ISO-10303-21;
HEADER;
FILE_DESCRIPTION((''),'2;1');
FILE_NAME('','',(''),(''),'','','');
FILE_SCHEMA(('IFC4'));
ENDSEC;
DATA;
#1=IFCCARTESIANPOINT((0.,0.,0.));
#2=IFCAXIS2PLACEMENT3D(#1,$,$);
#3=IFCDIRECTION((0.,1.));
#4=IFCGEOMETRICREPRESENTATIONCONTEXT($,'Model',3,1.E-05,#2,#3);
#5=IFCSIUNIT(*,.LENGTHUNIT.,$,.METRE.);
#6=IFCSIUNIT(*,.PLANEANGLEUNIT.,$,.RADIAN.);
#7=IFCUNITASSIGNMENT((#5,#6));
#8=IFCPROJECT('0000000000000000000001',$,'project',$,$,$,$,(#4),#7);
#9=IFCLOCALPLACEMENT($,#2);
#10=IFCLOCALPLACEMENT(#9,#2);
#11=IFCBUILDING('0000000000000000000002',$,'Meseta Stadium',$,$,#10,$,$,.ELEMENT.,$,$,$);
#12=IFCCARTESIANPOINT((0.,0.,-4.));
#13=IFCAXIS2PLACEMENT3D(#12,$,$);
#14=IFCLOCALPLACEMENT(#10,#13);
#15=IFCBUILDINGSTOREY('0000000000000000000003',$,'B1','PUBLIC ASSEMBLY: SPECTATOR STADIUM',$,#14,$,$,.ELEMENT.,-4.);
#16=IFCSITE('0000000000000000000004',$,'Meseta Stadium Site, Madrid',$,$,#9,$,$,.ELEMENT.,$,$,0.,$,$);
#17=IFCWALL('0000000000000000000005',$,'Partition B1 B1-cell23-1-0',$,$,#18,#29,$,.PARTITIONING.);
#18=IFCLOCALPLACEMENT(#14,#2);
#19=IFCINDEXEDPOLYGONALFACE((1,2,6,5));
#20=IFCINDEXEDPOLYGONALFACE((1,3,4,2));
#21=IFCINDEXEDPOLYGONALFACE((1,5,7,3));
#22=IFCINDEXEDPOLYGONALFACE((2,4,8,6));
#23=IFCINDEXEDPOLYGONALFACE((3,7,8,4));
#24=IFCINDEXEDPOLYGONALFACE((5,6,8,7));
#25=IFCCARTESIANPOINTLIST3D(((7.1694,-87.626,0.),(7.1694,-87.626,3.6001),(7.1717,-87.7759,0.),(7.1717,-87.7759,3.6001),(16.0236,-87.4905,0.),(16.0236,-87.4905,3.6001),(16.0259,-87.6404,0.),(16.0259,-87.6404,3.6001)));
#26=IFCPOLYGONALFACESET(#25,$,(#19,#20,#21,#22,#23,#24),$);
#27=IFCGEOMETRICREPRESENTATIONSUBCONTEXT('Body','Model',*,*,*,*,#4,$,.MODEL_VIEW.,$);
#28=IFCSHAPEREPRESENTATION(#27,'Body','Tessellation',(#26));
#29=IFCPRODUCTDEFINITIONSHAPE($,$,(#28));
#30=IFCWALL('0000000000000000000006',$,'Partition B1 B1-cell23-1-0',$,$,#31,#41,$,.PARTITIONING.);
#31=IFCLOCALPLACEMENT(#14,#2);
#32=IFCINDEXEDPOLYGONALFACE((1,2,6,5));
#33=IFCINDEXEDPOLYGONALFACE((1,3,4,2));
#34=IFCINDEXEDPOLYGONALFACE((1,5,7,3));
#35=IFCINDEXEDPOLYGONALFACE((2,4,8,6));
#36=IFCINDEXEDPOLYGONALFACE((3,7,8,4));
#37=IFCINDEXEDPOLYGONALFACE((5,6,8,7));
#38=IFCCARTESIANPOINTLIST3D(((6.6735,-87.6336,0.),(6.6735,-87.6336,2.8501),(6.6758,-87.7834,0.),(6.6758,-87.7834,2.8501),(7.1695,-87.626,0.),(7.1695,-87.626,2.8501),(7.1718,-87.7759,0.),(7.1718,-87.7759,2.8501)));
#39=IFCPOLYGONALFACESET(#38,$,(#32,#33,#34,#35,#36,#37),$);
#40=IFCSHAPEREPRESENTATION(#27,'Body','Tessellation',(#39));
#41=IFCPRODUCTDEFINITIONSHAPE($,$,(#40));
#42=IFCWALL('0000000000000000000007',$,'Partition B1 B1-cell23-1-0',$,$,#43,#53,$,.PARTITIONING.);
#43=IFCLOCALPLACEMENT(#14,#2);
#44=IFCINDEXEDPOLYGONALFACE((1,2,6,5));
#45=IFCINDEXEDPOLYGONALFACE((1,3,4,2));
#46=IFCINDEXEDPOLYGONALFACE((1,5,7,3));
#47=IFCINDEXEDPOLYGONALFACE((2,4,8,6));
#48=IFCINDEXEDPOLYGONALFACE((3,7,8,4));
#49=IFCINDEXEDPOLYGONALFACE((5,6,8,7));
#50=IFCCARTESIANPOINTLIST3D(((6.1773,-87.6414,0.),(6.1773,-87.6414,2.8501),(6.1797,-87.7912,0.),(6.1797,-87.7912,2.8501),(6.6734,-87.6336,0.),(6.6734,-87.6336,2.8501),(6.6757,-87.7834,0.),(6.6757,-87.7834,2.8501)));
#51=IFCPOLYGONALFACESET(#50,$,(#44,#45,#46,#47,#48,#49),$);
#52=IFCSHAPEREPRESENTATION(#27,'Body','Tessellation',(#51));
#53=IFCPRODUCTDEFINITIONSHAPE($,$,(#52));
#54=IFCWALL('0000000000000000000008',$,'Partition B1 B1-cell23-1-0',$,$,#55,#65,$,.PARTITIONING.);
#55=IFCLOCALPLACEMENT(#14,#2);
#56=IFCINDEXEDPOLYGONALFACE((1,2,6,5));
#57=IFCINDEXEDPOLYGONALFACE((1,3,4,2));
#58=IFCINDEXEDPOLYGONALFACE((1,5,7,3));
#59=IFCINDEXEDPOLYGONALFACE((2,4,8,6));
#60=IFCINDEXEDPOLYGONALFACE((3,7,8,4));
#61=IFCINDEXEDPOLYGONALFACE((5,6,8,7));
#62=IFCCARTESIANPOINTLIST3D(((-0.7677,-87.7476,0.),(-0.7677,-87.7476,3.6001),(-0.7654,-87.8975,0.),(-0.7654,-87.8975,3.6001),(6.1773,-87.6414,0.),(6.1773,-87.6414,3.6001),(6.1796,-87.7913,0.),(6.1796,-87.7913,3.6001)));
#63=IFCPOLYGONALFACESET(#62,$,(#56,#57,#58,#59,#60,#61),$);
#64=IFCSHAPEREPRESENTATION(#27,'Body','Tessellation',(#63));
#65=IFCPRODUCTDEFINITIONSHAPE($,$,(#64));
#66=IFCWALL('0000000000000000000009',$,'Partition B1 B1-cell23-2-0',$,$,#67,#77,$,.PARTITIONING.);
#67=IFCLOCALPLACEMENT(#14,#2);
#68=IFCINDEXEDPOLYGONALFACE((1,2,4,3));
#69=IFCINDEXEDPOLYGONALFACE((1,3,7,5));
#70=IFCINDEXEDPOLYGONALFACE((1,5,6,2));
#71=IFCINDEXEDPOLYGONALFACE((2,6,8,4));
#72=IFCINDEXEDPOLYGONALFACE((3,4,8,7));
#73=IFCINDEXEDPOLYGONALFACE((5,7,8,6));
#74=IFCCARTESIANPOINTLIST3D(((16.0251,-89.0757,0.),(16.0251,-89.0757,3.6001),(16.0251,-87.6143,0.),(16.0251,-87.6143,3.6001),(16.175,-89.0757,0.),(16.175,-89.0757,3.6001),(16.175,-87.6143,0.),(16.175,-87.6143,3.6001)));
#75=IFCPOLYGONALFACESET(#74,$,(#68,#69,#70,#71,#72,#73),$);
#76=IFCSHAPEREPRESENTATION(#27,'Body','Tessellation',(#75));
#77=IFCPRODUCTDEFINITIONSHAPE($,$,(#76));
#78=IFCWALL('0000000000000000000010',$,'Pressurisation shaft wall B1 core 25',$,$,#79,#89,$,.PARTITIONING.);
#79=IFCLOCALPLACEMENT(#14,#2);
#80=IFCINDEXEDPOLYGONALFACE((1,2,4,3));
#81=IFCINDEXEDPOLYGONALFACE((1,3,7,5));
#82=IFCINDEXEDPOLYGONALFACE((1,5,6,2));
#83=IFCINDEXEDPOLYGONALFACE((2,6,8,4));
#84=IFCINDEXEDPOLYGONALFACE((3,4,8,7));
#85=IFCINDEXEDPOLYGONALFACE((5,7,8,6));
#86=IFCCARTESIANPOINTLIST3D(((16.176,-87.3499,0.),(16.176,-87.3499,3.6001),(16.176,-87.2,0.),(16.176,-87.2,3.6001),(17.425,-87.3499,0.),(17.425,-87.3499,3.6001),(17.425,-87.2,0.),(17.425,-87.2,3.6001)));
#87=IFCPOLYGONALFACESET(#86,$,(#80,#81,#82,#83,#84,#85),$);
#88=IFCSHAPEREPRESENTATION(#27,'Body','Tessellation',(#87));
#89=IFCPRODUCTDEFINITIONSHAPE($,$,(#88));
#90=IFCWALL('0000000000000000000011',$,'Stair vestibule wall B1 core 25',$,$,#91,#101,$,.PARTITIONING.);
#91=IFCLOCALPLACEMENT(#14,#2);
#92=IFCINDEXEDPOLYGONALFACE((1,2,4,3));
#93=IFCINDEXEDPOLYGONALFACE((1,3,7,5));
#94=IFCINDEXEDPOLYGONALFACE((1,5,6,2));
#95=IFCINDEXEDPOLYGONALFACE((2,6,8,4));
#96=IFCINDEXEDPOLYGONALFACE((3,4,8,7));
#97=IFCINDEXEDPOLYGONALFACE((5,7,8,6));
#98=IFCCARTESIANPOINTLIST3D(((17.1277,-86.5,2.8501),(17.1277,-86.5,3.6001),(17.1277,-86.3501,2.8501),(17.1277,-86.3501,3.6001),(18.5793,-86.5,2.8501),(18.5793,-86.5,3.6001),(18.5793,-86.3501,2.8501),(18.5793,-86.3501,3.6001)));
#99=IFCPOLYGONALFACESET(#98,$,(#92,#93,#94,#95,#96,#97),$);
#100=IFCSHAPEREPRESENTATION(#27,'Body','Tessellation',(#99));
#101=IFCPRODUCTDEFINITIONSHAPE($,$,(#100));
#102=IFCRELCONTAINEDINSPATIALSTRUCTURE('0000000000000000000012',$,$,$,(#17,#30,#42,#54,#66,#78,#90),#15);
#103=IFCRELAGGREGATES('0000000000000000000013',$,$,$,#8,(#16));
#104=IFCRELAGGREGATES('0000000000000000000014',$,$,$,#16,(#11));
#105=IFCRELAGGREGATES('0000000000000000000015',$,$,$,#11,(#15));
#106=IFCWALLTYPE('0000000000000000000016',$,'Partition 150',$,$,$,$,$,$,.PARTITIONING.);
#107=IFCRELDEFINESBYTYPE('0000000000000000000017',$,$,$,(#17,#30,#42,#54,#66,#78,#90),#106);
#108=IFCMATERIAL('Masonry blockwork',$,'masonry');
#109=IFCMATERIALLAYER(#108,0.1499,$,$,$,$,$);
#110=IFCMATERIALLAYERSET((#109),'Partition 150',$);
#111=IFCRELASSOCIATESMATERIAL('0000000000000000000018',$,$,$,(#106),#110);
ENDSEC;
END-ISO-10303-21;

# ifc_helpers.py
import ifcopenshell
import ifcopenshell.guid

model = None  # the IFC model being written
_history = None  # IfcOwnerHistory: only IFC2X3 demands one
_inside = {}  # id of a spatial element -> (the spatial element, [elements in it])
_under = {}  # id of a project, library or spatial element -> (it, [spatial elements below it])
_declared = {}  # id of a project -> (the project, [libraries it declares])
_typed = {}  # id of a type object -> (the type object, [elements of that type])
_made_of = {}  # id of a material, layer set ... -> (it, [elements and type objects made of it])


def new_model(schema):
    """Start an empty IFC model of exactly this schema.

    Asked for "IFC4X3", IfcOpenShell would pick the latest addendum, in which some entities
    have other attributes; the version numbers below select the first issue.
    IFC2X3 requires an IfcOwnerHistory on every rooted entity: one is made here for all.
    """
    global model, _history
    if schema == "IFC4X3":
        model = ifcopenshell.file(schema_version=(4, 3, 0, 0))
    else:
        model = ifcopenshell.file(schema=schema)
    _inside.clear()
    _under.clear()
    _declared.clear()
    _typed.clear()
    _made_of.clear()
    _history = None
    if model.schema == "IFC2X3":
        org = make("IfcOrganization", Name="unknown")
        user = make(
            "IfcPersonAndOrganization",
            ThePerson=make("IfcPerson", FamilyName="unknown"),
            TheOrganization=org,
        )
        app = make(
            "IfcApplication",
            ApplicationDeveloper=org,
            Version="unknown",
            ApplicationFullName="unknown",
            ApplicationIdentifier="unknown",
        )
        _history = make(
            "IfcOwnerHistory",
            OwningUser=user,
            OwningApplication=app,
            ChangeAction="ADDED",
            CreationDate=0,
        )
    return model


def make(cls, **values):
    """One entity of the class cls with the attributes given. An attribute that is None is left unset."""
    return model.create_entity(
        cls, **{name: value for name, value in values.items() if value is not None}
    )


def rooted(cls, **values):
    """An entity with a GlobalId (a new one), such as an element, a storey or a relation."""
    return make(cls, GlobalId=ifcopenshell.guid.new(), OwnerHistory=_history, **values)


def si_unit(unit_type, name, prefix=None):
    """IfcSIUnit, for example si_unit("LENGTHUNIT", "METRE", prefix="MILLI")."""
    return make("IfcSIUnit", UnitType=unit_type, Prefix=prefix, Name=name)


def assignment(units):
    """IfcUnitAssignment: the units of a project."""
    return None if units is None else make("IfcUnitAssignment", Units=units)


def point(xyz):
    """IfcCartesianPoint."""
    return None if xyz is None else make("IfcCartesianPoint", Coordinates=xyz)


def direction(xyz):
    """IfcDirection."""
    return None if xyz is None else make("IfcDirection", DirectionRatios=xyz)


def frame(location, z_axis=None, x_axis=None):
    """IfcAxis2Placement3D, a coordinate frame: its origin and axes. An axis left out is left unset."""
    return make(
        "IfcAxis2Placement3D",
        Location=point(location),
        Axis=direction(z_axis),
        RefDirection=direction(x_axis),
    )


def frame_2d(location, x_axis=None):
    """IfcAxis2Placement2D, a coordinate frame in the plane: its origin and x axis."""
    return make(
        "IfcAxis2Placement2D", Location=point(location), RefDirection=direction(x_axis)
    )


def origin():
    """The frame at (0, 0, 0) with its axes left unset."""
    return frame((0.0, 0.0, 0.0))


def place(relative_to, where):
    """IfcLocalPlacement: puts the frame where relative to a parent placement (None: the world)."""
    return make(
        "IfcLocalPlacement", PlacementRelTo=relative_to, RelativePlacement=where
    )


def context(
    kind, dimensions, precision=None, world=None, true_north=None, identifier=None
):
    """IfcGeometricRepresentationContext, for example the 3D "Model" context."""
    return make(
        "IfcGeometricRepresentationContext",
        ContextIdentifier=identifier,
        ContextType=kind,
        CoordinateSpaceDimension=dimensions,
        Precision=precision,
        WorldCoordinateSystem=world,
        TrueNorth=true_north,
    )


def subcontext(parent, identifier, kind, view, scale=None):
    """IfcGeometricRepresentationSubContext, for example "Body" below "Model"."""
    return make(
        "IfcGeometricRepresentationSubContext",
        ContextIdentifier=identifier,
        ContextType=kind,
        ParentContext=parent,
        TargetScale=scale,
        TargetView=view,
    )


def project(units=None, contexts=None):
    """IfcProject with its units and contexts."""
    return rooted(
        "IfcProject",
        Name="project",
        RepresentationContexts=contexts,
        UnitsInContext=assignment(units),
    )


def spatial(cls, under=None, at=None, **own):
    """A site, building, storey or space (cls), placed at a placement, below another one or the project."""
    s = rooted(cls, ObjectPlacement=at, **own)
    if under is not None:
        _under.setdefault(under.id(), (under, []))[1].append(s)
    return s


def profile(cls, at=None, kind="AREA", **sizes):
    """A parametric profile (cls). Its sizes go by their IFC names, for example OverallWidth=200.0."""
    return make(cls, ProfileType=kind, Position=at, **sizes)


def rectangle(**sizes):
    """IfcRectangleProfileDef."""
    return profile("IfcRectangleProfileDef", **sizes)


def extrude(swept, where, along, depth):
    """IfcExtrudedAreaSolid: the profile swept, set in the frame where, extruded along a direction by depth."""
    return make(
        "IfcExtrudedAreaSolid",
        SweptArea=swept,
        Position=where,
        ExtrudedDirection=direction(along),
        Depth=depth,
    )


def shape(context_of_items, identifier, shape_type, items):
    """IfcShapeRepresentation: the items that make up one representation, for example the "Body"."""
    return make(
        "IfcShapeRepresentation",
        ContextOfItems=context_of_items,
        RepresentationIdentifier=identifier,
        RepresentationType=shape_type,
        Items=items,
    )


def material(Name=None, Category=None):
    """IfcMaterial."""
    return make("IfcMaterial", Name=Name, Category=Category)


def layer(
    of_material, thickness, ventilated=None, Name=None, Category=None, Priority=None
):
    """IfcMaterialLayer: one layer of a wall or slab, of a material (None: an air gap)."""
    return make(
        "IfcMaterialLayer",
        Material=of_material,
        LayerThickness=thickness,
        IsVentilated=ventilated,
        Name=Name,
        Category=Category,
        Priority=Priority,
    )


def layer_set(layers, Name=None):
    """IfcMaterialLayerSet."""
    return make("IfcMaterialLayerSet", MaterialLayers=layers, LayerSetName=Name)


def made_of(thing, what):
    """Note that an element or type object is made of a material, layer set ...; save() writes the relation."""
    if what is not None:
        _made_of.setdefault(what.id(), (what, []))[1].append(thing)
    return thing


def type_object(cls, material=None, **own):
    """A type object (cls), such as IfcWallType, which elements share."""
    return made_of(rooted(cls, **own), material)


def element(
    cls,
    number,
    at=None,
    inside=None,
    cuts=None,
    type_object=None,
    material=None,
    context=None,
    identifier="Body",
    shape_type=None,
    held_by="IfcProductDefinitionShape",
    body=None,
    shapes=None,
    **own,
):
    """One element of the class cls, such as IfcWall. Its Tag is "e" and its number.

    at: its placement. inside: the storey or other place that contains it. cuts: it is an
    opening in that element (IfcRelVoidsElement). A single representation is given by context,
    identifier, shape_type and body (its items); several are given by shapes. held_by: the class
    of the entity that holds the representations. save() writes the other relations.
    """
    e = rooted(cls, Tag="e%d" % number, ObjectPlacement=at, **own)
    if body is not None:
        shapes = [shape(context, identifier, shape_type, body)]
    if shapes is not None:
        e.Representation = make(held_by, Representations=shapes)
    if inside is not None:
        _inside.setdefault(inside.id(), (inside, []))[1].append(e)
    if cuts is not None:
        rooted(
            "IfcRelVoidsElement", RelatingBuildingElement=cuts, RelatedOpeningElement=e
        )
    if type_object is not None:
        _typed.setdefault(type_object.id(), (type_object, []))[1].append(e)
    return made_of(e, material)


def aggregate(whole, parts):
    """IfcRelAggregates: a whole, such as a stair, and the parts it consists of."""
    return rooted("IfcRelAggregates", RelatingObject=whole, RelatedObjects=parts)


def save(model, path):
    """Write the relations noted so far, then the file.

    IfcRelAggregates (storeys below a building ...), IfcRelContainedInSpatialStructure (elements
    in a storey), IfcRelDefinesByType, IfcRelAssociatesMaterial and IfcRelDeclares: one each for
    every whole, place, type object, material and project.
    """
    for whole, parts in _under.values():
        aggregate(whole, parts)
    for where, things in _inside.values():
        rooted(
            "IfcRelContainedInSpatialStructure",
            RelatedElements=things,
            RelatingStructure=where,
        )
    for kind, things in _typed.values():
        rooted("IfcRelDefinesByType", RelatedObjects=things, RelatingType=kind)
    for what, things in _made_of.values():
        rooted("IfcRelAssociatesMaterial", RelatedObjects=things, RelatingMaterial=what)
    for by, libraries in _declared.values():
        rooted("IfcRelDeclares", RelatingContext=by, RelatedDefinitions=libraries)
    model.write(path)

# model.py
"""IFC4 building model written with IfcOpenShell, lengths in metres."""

from ifc_helpers import new_model, si_unit, direction, frame, frame_2d, origin, place, context, subcontext, project, spatial, rectangle, extrude, material, layer, layer_set, type_object, element, save


model = new_model("IFC4")

# Units and contexts
model_context = context("Model", 3, precision=1e-05, world=origin(), true_north=direction((0.0, 1.0)))
body_context = subcontext(model_context, "Body", "Model", "MODEL_VIEW")
ifc_project = project(units=[si_unit("LENGTHUNIT", "METRE"), si_unit("PLANEANGLEUNIT", "RADIAN")], contexts=[model_context])

# Site, building, storey
site_placement = place(None, origin())
site = spatial("IfcSite", under=ifc_project, at=site_placement, Name="Meseta Stadium Site, Madrid", CompositionType="ELEMENT", RefElevation=0.0)
building_placement = place(site_placement, origin())
building = spatial("IfcBuilding", under=site, at=building_placement, Name="Meseta Stadium", CompositionType="ELEMENT")
storey_placement = place(building_placement, frame((0.0, 0.0, -4.0)))
storey = spatial("IfcBuildingStorey", under=building, at=storey_placement, Name="B1", Description="PUBLIC ASSEMBLY: SPECTATOR STADIUM", CompositionType="ELEMENT", Elevation=-4.0)

# Walls
ifc_material_1 = material(Name="Masonry blockwork", Category="masonry")
ifc_layer = layer(ifc_material_1, 0.1499)
ifc_layer_set = layer_set([ifc_layer], Name="Partition 150")
wall_type = type_object("IfcWallType", Name="Partition 150", PredefinedType="PARTITIONING", material=ifc_layer_set)
wall_1_placement = place(storey_placement, frame((16.0249, -87.5654, 0.0), z_axis=(0.0, 0.0, 1.0), x_axis=(-0.999883, -0.015301, 0.0)))
element("IfcWall", 1, at=wall_1_placement, inside=storey, type_object=wall_type, Name="Partition B1 B1-cell23-1-0", PredefinedType="PARTITIONING", context=body_context, shape_type="SweptSolid", body=[
    extrude(rectangle(XDim=8.8552, YDim=0.1499, at=frame_2d((4.4277, 0.0))), origin(), (0.0, 0.0, 1.0), 3.6001),
])
for number, where, z_axis, x_axis, name in (
    (2, (7.1707, -87.7009, 0.0), (0.0, 0.0, 1.0), (-0.999884, -0.015254, 0.0), "Partition B1 B1-cell23-1-0"),
    (3, (6.6746, -87.7085, 0.0), (0.0, 0.0, 1.0), (-0.999876, -0.015746, 0.0), "Partition B1 B1-cell23-1-0"),
):
    element("IfcWall", number, at=place(storey_placement, frame(where, z_axis=z_axis, x_axis=x_axis)), inside=storey, type_object=wall_type, Name=name, PredefinedType="PARTITIONING", context=body_context, shape_type="SweptSolid", body=[
        extrude(rectangle(XDim=0.4961, YDim=0.1499, at=frame_2d((0.248, 0.0))), origin(), (0.0, 0.0, 1.0), 2.8501),
    ])
wall_2_placement = place(storey_placement, frame((6.1785, -87.7163, 0.0), z_axis=(0.0, 0.0, 1.0), x_axis=(-0.999883, -0.01529, 0.0)))
element("IfcWall", 4, at=wall_2_placement, inside=storey, type_object=wall_type, Name="Partition B1 B1-cell23-1-0", PredefinedType="PARTITIONING", context=body_context, shape_type="SweptSolid", body=[
    extrude(rectangle(XDim=6.9458, YDim=0.1499, at=frame_2d((3.4729, 0.0))), origin(), (0.0, 0.0, 1.0), 3.6001),
])
wall_3_placement = place(storey_placement, frame((16.1001, -87.6143, 0.0), z_axis=(0.0, 0.0, 1.0), x_axis=(0.0, -1.0, 0.0)))
element("IfcWall", 5, at=wall_3_placement, inside=storey, type_object=wall_type, Name="Partition B1 B1-cell23-2-0", PredefinedType="PARTITIONING", context=body_context, shape_type="SweptSolid", body=[
    extrude(rectangle(XDim=1.4614, YDim=0.1499, at=frame_2d((0.7307, 0.0))), origin(), (0.0, 0.0, 1.0), 3.6001),
])
wall_4_placement = place(storey_placement, frame((17.425, -87.2749, 0.0), z_axis=(0.0, 0.0, 1.0), x_axis=(-1.0, 0.0, 0.0)))
element("IfcWall", 6, at=wall_4_placement, inside=storey, type_object=wall_type, Name="Pressurisation shaft wall B1 core 25", PredefinedType="PARTITIONING", context=body_context, shape_type="SweptSolid", body=[
    extrude(rectangle(XDim=1.249, YDim=0.1499, at=frame_2d((0.6245, 0.0))), origin(), (0.0, 0.0, 1.0), 3.6001),
])
wall_5_placement = place(storey_placement, frame((18.5793, -86.425, 2.8501), z_axis=(0.0, 0.0, 1.0), x_axis=(-1.0, 0.0, 0.0)))
element("IfcWall", 7, at=wall_5_placement, inside=storey, type_object=wall_type, Name="Stair vestibule wall B1 core 25", PredefinedType="PARTITIONING", context=body_context, shape_type="SweptSolid", body=[
    extrude(rectangle(XDim=1.4517, YDim=0.1499, at=frame_2d((0.7258, 0.0))), origin(), (0.0, 0.0, 1.0), 0.75),
])

save(model, "model.ifc")
